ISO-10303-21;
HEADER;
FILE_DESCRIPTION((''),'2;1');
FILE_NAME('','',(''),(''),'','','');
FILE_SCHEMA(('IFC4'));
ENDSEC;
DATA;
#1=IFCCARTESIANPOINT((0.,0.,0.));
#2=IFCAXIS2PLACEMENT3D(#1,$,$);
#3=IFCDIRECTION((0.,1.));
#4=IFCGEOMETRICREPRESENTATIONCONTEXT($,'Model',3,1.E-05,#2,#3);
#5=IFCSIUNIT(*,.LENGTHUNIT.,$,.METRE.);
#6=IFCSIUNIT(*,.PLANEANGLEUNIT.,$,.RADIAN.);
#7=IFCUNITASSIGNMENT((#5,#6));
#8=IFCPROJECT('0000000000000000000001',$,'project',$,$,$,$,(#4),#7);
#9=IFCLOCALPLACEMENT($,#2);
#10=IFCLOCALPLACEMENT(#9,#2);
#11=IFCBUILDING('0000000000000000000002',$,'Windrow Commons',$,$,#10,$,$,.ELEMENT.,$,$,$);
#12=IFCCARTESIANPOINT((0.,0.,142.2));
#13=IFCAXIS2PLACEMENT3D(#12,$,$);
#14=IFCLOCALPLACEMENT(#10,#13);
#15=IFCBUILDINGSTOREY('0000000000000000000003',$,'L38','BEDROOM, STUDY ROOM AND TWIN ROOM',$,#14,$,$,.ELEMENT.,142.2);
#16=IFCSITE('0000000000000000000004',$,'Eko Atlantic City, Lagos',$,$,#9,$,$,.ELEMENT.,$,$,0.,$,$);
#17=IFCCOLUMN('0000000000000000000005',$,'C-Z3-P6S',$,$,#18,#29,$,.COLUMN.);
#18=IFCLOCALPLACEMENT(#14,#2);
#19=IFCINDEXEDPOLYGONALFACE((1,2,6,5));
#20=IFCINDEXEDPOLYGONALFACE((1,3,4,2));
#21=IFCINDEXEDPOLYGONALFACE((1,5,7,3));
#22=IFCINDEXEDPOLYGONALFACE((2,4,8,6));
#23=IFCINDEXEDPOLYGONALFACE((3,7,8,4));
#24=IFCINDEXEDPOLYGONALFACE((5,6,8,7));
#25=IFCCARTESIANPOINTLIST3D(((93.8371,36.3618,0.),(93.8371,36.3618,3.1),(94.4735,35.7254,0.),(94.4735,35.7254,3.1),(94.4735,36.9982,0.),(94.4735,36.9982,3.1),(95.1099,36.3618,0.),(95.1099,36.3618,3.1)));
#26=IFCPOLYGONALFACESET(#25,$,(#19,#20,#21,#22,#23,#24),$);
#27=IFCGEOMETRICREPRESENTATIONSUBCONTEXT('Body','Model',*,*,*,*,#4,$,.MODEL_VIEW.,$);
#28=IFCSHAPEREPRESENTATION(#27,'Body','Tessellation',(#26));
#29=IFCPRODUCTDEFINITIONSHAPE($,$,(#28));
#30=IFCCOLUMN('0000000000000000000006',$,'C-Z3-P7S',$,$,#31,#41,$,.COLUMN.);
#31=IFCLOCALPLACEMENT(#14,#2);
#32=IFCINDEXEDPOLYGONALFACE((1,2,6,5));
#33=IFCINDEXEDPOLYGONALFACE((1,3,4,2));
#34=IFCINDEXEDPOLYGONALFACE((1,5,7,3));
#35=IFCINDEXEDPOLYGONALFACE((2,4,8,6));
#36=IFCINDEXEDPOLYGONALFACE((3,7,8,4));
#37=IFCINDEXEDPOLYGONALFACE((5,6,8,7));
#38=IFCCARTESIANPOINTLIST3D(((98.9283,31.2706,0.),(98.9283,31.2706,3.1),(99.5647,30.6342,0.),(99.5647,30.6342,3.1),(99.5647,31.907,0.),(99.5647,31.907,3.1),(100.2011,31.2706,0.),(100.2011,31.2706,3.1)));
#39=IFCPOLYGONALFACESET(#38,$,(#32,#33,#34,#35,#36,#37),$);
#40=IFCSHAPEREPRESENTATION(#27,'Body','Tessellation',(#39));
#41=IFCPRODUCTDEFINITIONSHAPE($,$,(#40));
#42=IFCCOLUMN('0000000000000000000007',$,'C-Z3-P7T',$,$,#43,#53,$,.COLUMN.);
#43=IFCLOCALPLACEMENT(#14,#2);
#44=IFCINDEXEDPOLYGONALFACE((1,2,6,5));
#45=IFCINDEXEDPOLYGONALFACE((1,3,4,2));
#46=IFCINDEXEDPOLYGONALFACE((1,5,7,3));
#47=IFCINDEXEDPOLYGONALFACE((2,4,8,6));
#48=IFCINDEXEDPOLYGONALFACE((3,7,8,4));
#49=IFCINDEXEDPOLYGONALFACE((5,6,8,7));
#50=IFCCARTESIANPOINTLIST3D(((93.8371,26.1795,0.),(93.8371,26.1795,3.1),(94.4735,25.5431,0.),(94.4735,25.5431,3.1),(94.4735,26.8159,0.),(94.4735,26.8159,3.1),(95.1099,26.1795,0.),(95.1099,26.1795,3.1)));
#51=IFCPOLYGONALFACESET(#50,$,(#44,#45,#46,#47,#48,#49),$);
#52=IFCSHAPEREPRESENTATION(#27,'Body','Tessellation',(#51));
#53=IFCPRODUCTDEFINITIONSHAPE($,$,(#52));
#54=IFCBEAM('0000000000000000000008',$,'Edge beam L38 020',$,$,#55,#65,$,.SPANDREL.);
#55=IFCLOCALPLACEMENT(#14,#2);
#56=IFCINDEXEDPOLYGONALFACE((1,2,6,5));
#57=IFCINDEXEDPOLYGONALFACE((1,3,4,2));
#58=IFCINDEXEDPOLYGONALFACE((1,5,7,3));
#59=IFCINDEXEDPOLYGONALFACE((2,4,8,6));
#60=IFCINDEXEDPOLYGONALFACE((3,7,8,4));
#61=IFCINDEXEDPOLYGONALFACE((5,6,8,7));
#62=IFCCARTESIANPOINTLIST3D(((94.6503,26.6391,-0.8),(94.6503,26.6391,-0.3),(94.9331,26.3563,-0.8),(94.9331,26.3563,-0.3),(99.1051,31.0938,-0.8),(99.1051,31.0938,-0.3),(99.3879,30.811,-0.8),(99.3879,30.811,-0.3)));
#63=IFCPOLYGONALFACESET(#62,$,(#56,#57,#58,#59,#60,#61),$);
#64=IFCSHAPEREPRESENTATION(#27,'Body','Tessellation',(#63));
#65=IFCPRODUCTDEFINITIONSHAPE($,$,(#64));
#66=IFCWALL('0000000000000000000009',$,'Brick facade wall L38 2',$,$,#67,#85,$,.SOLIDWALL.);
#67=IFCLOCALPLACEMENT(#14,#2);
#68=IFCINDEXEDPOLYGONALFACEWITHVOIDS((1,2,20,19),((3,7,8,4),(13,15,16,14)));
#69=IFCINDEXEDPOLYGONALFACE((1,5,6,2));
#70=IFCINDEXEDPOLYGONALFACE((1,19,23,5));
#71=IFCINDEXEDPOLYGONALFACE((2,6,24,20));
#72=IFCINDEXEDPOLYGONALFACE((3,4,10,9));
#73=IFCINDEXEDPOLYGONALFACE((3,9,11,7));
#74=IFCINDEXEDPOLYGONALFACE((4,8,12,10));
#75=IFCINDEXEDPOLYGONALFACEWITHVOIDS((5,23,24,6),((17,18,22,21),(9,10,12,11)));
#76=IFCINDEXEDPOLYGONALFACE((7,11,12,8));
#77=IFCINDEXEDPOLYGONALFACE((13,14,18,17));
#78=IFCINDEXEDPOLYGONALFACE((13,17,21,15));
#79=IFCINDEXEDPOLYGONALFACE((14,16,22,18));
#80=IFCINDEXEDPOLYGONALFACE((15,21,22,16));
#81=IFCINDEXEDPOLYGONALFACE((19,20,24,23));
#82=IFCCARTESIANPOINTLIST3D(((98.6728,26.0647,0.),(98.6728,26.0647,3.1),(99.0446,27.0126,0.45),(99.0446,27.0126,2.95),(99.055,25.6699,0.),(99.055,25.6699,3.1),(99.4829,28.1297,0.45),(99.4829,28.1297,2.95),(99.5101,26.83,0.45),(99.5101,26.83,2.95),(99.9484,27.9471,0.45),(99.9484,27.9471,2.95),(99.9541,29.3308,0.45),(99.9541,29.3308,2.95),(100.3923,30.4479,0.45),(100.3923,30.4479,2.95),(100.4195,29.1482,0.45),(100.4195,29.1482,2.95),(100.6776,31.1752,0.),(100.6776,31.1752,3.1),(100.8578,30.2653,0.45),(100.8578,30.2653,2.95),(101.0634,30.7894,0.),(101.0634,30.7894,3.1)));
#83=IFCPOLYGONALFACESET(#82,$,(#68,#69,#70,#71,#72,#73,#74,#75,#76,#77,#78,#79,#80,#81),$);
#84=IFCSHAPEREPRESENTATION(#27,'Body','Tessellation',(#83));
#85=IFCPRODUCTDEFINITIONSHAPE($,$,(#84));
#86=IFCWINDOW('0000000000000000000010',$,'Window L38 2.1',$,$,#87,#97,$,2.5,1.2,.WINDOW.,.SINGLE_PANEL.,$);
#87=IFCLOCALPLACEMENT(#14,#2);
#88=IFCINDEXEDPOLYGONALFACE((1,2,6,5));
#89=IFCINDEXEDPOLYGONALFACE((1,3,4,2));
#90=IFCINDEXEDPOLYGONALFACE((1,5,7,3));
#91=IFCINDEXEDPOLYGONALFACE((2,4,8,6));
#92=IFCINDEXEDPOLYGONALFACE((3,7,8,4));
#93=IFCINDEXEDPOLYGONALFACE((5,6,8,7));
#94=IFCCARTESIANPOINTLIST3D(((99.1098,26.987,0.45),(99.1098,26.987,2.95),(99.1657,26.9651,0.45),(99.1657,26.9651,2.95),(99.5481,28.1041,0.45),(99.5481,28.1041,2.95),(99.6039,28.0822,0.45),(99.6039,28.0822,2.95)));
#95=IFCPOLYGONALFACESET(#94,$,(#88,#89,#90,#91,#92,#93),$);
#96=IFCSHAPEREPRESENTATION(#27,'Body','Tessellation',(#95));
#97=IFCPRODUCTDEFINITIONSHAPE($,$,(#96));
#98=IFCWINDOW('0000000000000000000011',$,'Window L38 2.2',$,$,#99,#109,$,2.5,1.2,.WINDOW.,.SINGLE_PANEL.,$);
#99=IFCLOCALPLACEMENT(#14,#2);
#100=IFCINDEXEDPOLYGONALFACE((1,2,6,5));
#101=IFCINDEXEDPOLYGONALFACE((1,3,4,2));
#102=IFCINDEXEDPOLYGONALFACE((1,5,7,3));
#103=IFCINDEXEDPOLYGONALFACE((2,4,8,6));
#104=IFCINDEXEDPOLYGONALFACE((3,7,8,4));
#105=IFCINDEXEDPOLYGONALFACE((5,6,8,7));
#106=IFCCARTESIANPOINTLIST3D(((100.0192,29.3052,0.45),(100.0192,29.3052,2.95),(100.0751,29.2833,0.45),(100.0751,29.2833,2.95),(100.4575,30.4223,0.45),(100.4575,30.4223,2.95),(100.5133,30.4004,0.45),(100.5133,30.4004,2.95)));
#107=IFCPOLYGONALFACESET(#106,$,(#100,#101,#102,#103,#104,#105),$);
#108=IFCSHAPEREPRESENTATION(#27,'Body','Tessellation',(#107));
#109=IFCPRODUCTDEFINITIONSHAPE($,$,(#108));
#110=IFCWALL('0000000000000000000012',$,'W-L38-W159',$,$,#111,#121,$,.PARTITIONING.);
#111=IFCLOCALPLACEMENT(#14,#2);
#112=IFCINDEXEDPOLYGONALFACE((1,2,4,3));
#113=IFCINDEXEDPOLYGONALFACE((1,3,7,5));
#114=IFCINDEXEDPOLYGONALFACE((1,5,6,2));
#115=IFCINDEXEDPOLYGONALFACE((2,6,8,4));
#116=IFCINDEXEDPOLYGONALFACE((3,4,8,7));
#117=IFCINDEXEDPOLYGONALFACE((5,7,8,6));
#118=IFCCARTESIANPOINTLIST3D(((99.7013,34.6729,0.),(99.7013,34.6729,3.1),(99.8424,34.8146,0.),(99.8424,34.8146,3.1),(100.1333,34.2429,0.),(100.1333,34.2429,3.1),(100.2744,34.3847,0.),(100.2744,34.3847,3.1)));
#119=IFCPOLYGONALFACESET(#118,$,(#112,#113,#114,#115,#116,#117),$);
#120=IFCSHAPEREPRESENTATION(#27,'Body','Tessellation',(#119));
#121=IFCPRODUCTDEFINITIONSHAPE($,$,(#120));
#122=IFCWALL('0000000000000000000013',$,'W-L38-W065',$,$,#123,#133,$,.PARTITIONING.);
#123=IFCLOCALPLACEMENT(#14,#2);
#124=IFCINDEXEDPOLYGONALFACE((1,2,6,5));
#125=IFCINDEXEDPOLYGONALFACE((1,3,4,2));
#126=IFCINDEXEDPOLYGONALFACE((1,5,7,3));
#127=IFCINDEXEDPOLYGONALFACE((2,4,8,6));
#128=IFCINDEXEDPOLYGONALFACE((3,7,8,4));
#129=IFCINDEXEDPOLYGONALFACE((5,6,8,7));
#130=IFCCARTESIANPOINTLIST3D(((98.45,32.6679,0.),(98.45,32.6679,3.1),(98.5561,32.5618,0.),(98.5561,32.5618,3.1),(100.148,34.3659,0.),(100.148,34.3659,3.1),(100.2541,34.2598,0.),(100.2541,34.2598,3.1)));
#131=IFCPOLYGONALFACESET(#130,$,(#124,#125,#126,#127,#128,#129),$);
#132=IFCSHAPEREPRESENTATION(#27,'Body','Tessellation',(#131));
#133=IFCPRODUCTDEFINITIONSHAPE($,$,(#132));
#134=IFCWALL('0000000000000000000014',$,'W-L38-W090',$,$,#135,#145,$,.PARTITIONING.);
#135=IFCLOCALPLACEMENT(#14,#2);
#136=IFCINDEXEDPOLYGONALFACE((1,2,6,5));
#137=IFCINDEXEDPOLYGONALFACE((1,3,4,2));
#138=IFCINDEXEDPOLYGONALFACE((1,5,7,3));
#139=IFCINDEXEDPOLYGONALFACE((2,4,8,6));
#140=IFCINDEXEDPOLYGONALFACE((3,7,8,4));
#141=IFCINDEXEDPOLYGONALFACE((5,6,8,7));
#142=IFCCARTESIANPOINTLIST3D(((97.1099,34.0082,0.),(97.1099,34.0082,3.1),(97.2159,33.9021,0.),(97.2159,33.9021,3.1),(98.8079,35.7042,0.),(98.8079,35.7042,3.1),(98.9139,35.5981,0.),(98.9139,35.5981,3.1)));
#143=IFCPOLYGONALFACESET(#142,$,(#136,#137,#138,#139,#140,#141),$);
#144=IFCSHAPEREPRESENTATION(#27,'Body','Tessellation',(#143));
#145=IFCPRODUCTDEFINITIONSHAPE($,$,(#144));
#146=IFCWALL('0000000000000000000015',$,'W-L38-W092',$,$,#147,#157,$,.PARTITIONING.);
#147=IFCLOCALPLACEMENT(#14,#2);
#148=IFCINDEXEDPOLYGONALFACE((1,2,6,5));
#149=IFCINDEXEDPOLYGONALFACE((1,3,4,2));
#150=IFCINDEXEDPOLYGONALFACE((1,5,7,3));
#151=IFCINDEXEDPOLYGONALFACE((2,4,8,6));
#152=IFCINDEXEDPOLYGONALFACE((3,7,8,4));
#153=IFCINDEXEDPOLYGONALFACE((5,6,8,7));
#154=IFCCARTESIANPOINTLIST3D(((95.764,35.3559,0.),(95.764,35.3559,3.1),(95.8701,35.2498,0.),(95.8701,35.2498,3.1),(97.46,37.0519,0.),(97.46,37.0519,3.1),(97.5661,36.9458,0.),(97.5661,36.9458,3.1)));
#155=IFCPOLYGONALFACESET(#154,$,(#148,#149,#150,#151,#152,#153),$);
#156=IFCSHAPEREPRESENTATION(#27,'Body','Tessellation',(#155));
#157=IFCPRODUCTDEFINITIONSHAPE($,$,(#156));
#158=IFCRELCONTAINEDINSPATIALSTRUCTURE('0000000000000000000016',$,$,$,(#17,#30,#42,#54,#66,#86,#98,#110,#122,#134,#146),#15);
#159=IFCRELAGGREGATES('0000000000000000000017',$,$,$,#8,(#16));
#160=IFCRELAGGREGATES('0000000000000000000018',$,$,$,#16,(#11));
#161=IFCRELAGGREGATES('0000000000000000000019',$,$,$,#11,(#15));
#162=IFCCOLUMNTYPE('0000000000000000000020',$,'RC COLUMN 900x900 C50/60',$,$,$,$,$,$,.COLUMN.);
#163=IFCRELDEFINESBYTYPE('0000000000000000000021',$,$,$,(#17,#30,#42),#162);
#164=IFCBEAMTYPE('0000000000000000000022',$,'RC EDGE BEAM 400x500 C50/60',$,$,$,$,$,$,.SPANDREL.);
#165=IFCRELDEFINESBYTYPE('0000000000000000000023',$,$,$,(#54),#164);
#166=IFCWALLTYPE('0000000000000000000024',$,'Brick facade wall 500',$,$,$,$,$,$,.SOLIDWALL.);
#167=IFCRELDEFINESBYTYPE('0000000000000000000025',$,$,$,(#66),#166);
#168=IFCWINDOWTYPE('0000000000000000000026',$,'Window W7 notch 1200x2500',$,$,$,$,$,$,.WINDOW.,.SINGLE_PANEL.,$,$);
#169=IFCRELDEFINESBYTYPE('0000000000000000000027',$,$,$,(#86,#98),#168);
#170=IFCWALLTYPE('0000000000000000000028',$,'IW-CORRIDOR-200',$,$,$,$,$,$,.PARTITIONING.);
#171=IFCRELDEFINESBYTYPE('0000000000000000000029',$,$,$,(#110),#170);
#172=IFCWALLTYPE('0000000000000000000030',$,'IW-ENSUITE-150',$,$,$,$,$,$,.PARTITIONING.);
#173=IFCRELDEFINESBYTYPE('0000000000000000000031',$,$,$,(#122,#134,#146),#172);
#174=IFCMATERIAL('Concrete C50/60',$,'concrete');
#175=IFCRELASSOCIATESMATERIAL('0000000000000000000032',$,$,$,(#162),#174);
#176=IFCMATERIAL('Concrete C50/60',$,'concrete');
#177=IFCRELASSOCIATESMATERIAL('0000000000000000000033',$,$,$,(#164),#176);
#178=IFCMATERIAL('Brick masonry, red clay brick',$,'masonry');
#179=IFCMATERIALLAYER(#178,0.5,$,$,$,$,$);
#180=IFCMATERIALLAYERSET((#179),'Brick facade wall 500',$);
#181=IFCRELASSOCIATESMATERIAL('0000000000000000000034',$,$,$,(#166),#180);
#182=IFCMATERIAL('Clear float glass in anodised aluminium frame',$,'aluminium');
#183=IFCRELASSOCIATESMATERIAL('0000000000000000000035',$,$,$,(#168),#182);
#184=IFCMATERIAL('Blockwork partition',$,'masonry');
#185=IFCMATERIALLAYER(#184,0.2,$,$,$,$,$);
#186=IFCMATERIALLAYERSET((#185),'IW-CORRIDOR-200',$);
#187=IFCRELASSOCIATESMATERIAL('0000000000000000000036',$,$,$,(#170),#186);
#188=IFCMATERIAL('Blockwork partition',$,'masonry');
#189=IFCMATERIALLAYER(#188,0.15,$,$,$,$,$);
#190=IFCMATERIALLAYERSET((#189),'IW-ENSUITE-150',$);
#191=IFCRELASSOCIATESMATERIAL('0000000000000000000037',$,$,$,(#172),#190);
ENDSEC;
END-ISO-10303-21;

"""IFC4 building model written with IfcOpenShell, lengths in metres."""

from ifc_helpers import new_model, si_unit, direction, frame, frame_2d, origin, origin_2d, place, context, subcontext, project, spatial, polyline, rectangle, outline, extrude, material, layer, layer_set, material_profile, profile_set, type_object, element, fill, save


model = new_model("IFC4")

# Units and contexts
model_context = context("Model", 3, precision=1e-05, world=origin(), true_north=direction((0.0, 1.0)))
body_context = subcontext(model_context, "Body", "Model", "MODEL_VIEW")
ifc_project = project(units=[si_unit("LENGTHUNIT", "METRE"), si_unit("PLANEANGLEUNIT", "RADIAN")], contexts=[model_context])

# Site, building, storey
site_placement = place(None, origin())
site = spatial("IfcSite", under=ifc_project, at=site_placement, Name="Eko Atlantic City, Lagos", CompositionType="ELEMENT", RefElevation=0.0)
building_placement = place(site_placement, origin())
building = spatial("IfcBuilding", under=site, at=building_placement, Name="Windrow Commons", CompositionType="ELEMENT")
storey_placement = place(building_placement, frame((0.0, 0.0, 142.2)))
storey = spatial("IfcBuildingStorey", under=building, at=storey_placement, Name="L38", Description="BEDROOM, STUDY ROOM AND TWIN ROOM", CompositionType="ELEMENT", Elevation=142.2)

# Columns
ifc_material_1 = material(Name="Concrete C50/60", Category="concrete")
ifc_material_profile_1 = material_profile(ifc_material_1, rectangle(XDim=0.9, YDim=0.9, at=origin_2d()))
ifc_profile_set_1 = profile_set([ifc_material_profile_1], Name="Concrete C50/60")
column_type = type_object("IfcColumnType", Name="RC COLUMN 900x900 C50/60", PredefinedType="COLUMN", material=ifc_profile_set_1)
for number, where, z_axis, x_axis, name in (
    (1, (94.4735, 36.3618, 0.0), (0.0, 0.0, 1.0), (0.707107, -0.707107, 0.0), "C-Z3-P6S"),
    (2, (99.5647, 31.2706, 0.0), (0.0, 0.0, 1.0), (0.707107, -0.707107, 0.0), "C-Z3-P7S"),
    (3, (94.4735, 26.1795, 0.0), (0.0, 0.0, 1.0), (0.707107, -0.707107, 0.0), "C-Z3-P7T"),
):
    element("IfcColumn", number, at=place(storey_placement, frame(where, z_axis=z_axis, x_axis=x_axis)), inside=storey, type_object=column_type, Name=name, PredefinedType="COLUMN", context=body_context, shape_type="SweptSolid", body=[
        extrude(rectangle(XDim=0.9, YDim=0.9, at=origin_2d()), origin(), (0.0, 0.0, 1.0), 3.1),
    ])

# Beam
ifc_material_2 = material(Name="Concrete C50/60", Category="concrete")
ifc_material_profile_2 = material_profile(ifc_material_2, rectangle(XDim=0.4, YDim=0.5, at=origin_2d()))
ifc_profile_set_2 = profile_set([ifc_material_profile_2], Name="Concrete C50/60")
beam_type = type_object("IfcBeamType", Name="RC EDGE BEAM 400x500 C50/60", PredefinedType="SPANDREL", material=ifc_profile_set_2)
beam_placement = place(storey_placement, frame((99.2465, 30.9524, -0.55), z_axis=(-0.707115, -0.707099, 0.0), x_axis=(0.707099, -0.707115, 0.0)))
element("IfcBeam", 4, at=beam_placement, inside=storey, type_object=beam_type, Name="Edge beam L38 020", PredefinedType="SPANDREL", context=body_context, shape_type="SweptSolid", body=[
    extrude(rectangle(XDim=0.4, YDim=0.5, at=origin_2d()), origin(), (0.0, 0.0, 1.0), 6.3),
])

# Wall, openings, windows
ifc_material_3 = material(Name="Brick masonry, red clay brick", Category="masonry")
ifc_layer_1 = layer(ifc_material_3, 0.5)
ifc_layer_set_1 = layer_set([ifc_layer_1], Name="Brick facade wall 500")
wall_type_1 = type_object("IfcWallType", Name="Brick facade wall 500", PredefinedType="SOLIDWALL", material=ifc_layer_set_1)
wall_1_placement = place(storey_placement, frame((98.8639, 25.8673, 0.0), z_axis=(0.0, 0.0, 1.0), x_axis=(0.365201, 0.930929, 0.0)))
wall_1 = element("IfcWall", 5, at=wall_1_placement, inside=storey, type_object=wall_type_1, Name="Brick facade wall L38 2", PredefinedType="SOLIDWALL", context=body_context, shape_type="SweptSolid", body=[
    extrude(outline(polyline([(-0.114, -0.25), (5.3854, -0.25), (5.6037, 0.25), (0.114, 0.25), (-0.114, -0.25)])), origin(), (0.0, 0.0, 1.0), 3.1),
])
opening_1_placement = place(wall_1_placement, frame((1.1322, 0.0, 0.45)))
opening_1 = element("IfcOpeningElement", 6, at=opening_1_placement, cuts=wall_1, PredefinedType="OPENING", context=body_context, shape_type="SweptSolid", body=[
    extrude(rectangle(XDim=1.2, YDim=2.5, at=frame_2d((0.6, 1.25))), frame((0.0, 0.26, 0.0), z_axis=(0.0, -1.0, 0.0), x_axis=(1.0, 0.0, 0.0)), (0.0, 0.0, 1.0), 0.52),
])
opening_2_placement = place(wall_1_placement, frame((3.6224, 0.0, 0.45)))
opening_2 = element("IfcOpeningElement", 7, at=opening_2_placement, cuts=wall_1, PredefinedType="OPENING", context=body_context, shape_type="SweptSolid", body=[
    extrude(rectangle(XDim=1.2, YDim=2.5, at=frame_2d((0.6, 1.25))), frame((0.0, 0.26, 0.0), z_axis=(0.0, -1.0, 0.0), x_axis=(1.0, 0.0, 0.0)), (0.0, 0.0, 1.0), 0.52),
])
ifc_material_4 = material(Name="Clear float glass in anodised aluminium frame", Category="aluminium")
window_type = type_object("IfcWindowType", Name="Window W7 notch 1200x2500", PartitioningType="SINGLE_PANEL", PredefinedType="WINDOW", material=ifc_material_4)
window_1_placement = place(opening_1_placement, origin())
window_1 = element("IfcWindow", 8, at=window_1_placement, inside=storey, type_object=window_type, Name="Window L38 2.1", OverallHeight=2.5, OverallWidth=1.2, PartitioningType="SINGLE_PANEL", PredefinedType="WINDOW", context=body_context, shape_type="SweptSolid", body=[
    extrude(rectangle(XDim=1.2, YDim=2.5, at=frame_2d((0.6, 1.25))), frame((0.0, 0.18, 0.0), z_axis=(0.0, -1.0, 0.0), x_axis=(1.0, 0.0, 0.0)), (0.0, 0.0, 1.0), 0.06),
])
fill(opening_1, window_1)
window_2_placement = place(opening_2_placement, origin())
window_2 = element("IfcWindow", 9, at=window_2_placement, inside=storey, type_object=window_type, Name="Window L38 2.2", OverallHeight=2.5, OverallWidth=1.2, PartitioningType="SINGLE_PANEL", PredefinedType="WINDOW", context=body_context, shape_type="SweptSolid", body=[
    extrude(rectangle(XDim=1.2, YDim=2.5, at=frame_2d((0.6, 1.25))), frame((0.0, 0.18, 0.0), z_axis=(0.0, -1.0, 0.0), x_axis=(1.0, 0.0, 0.0)), (0.0, 0.0, 1.0), 0.06),
])
fill(opening_2, window_2)

# Walls
ifc_material_5 = material(Name="Blockwork partition", Category="masonry")
ifc_layer_2 = layer(ifc_material_5, 0.2)
ifc_layer_set_2 = layer_set([ifc_layer_2], Name="IW-CORRIDOR-200")
wall_type_2 = type_object("IfcWallType", Name="IW-CORRIDOR-200", PredefinedType="PARTITIONING", material=ifc_layer_set_2)
wall_2_placement = place(storey_placement, frame((99.7718, 34.7438, 0.0), z_axis=(0.0, 0.0, 1.0), x_axis=(0.708745, -0.705464, 0.0)))
element("IfcWall", 10, at=wall_2_placement, inside=storey, type_object=wall_type_2, Name="W-L38-W159", PredefinedType="PARTITIONING", context=body_context, shape_type="SweptSolid", body=[
    extrude(rectangle(XDim=0.6095, YDim=0.2, at=frame_2d((0.3048, 0.0))), origin(), (0.0, 0.0, 1.0), 3.1),
])
ifc_material_6 = material(Name="Blockwork partition", Category="masonry")
ifc_layer_3 = layer(ifc_material_6, 0.15)
ifc_layer_set_3 = layer_set([ifc_layer_3], Name="IW-ENSUITE-150")
wall_type_3 = type_object("IfcWallType", Name="IW-ENSUITE-150", PredefinedType="PARTITIONING", material=ifc_layer_set_3)
wall_3_placement = place(storey_placement, frame((98.5031, 32.6149, 0.0), z_axis=(0.0, 0.0, 1.0), x_axis=(0.707107, 0.707107, 0.0)))
element("IfcWall", 11, at=wall_3_placement, inside=storey, type_object=wall_type_3, Name="W-L38-W065", PredefinedType="PARTITIONING", context=body_context, shape_type="SweptSolid", body=[
    extrude(rectangle(XDim=2.4013, YDim=0.15, at=frame_2d((1.2006, 0.0))), origin(), (0.0, 0.0, 1.0), 3.1),
])
wall_4_placement = place(storey_placement, frame((97.1629, 33.9551, 0.0), z_axis=(0.0, 0.0, 1.0), x_axis=(0.707523, 0.70669, 0.0)))
element("IfcWall", 12, at=wall_4_placement, inside=storey, type_object=wall_type_3, Name="W-L38-W090", PredefinedType="PARTITIONING", context=body_context, shape_type="SweptSolid", body=[
    extrude(rectangle(XDim=2.3999, YDim=0.15, at=frame_2d((1.2, 0.0))), origin(), (0.0, 0.0, 1.0), 3.1),
])
wall_5_placement = place(storey_placement, frame((95.8171, 35.3029, 0.0), z_axis=(0.0, 0.0, 1.0), x_axis=(0.707107, 0.707107, 0.0)))
element("IfcWall", 13, at=wall_5_placement, inside=storey, type_object=wall_type_3, Name="W-L38-W092", PredefinedType="PARTITIONING", context=body_context, shape_type="SweptSolid", body=[
    extrude(rectangle(XDim=2.3985, YDim=0.15, at=frame_2d((1.1992, 0.0))), origin(), (0.0, 0.0, 1.0), 3.1),
])

save(model, "model.ifc")
